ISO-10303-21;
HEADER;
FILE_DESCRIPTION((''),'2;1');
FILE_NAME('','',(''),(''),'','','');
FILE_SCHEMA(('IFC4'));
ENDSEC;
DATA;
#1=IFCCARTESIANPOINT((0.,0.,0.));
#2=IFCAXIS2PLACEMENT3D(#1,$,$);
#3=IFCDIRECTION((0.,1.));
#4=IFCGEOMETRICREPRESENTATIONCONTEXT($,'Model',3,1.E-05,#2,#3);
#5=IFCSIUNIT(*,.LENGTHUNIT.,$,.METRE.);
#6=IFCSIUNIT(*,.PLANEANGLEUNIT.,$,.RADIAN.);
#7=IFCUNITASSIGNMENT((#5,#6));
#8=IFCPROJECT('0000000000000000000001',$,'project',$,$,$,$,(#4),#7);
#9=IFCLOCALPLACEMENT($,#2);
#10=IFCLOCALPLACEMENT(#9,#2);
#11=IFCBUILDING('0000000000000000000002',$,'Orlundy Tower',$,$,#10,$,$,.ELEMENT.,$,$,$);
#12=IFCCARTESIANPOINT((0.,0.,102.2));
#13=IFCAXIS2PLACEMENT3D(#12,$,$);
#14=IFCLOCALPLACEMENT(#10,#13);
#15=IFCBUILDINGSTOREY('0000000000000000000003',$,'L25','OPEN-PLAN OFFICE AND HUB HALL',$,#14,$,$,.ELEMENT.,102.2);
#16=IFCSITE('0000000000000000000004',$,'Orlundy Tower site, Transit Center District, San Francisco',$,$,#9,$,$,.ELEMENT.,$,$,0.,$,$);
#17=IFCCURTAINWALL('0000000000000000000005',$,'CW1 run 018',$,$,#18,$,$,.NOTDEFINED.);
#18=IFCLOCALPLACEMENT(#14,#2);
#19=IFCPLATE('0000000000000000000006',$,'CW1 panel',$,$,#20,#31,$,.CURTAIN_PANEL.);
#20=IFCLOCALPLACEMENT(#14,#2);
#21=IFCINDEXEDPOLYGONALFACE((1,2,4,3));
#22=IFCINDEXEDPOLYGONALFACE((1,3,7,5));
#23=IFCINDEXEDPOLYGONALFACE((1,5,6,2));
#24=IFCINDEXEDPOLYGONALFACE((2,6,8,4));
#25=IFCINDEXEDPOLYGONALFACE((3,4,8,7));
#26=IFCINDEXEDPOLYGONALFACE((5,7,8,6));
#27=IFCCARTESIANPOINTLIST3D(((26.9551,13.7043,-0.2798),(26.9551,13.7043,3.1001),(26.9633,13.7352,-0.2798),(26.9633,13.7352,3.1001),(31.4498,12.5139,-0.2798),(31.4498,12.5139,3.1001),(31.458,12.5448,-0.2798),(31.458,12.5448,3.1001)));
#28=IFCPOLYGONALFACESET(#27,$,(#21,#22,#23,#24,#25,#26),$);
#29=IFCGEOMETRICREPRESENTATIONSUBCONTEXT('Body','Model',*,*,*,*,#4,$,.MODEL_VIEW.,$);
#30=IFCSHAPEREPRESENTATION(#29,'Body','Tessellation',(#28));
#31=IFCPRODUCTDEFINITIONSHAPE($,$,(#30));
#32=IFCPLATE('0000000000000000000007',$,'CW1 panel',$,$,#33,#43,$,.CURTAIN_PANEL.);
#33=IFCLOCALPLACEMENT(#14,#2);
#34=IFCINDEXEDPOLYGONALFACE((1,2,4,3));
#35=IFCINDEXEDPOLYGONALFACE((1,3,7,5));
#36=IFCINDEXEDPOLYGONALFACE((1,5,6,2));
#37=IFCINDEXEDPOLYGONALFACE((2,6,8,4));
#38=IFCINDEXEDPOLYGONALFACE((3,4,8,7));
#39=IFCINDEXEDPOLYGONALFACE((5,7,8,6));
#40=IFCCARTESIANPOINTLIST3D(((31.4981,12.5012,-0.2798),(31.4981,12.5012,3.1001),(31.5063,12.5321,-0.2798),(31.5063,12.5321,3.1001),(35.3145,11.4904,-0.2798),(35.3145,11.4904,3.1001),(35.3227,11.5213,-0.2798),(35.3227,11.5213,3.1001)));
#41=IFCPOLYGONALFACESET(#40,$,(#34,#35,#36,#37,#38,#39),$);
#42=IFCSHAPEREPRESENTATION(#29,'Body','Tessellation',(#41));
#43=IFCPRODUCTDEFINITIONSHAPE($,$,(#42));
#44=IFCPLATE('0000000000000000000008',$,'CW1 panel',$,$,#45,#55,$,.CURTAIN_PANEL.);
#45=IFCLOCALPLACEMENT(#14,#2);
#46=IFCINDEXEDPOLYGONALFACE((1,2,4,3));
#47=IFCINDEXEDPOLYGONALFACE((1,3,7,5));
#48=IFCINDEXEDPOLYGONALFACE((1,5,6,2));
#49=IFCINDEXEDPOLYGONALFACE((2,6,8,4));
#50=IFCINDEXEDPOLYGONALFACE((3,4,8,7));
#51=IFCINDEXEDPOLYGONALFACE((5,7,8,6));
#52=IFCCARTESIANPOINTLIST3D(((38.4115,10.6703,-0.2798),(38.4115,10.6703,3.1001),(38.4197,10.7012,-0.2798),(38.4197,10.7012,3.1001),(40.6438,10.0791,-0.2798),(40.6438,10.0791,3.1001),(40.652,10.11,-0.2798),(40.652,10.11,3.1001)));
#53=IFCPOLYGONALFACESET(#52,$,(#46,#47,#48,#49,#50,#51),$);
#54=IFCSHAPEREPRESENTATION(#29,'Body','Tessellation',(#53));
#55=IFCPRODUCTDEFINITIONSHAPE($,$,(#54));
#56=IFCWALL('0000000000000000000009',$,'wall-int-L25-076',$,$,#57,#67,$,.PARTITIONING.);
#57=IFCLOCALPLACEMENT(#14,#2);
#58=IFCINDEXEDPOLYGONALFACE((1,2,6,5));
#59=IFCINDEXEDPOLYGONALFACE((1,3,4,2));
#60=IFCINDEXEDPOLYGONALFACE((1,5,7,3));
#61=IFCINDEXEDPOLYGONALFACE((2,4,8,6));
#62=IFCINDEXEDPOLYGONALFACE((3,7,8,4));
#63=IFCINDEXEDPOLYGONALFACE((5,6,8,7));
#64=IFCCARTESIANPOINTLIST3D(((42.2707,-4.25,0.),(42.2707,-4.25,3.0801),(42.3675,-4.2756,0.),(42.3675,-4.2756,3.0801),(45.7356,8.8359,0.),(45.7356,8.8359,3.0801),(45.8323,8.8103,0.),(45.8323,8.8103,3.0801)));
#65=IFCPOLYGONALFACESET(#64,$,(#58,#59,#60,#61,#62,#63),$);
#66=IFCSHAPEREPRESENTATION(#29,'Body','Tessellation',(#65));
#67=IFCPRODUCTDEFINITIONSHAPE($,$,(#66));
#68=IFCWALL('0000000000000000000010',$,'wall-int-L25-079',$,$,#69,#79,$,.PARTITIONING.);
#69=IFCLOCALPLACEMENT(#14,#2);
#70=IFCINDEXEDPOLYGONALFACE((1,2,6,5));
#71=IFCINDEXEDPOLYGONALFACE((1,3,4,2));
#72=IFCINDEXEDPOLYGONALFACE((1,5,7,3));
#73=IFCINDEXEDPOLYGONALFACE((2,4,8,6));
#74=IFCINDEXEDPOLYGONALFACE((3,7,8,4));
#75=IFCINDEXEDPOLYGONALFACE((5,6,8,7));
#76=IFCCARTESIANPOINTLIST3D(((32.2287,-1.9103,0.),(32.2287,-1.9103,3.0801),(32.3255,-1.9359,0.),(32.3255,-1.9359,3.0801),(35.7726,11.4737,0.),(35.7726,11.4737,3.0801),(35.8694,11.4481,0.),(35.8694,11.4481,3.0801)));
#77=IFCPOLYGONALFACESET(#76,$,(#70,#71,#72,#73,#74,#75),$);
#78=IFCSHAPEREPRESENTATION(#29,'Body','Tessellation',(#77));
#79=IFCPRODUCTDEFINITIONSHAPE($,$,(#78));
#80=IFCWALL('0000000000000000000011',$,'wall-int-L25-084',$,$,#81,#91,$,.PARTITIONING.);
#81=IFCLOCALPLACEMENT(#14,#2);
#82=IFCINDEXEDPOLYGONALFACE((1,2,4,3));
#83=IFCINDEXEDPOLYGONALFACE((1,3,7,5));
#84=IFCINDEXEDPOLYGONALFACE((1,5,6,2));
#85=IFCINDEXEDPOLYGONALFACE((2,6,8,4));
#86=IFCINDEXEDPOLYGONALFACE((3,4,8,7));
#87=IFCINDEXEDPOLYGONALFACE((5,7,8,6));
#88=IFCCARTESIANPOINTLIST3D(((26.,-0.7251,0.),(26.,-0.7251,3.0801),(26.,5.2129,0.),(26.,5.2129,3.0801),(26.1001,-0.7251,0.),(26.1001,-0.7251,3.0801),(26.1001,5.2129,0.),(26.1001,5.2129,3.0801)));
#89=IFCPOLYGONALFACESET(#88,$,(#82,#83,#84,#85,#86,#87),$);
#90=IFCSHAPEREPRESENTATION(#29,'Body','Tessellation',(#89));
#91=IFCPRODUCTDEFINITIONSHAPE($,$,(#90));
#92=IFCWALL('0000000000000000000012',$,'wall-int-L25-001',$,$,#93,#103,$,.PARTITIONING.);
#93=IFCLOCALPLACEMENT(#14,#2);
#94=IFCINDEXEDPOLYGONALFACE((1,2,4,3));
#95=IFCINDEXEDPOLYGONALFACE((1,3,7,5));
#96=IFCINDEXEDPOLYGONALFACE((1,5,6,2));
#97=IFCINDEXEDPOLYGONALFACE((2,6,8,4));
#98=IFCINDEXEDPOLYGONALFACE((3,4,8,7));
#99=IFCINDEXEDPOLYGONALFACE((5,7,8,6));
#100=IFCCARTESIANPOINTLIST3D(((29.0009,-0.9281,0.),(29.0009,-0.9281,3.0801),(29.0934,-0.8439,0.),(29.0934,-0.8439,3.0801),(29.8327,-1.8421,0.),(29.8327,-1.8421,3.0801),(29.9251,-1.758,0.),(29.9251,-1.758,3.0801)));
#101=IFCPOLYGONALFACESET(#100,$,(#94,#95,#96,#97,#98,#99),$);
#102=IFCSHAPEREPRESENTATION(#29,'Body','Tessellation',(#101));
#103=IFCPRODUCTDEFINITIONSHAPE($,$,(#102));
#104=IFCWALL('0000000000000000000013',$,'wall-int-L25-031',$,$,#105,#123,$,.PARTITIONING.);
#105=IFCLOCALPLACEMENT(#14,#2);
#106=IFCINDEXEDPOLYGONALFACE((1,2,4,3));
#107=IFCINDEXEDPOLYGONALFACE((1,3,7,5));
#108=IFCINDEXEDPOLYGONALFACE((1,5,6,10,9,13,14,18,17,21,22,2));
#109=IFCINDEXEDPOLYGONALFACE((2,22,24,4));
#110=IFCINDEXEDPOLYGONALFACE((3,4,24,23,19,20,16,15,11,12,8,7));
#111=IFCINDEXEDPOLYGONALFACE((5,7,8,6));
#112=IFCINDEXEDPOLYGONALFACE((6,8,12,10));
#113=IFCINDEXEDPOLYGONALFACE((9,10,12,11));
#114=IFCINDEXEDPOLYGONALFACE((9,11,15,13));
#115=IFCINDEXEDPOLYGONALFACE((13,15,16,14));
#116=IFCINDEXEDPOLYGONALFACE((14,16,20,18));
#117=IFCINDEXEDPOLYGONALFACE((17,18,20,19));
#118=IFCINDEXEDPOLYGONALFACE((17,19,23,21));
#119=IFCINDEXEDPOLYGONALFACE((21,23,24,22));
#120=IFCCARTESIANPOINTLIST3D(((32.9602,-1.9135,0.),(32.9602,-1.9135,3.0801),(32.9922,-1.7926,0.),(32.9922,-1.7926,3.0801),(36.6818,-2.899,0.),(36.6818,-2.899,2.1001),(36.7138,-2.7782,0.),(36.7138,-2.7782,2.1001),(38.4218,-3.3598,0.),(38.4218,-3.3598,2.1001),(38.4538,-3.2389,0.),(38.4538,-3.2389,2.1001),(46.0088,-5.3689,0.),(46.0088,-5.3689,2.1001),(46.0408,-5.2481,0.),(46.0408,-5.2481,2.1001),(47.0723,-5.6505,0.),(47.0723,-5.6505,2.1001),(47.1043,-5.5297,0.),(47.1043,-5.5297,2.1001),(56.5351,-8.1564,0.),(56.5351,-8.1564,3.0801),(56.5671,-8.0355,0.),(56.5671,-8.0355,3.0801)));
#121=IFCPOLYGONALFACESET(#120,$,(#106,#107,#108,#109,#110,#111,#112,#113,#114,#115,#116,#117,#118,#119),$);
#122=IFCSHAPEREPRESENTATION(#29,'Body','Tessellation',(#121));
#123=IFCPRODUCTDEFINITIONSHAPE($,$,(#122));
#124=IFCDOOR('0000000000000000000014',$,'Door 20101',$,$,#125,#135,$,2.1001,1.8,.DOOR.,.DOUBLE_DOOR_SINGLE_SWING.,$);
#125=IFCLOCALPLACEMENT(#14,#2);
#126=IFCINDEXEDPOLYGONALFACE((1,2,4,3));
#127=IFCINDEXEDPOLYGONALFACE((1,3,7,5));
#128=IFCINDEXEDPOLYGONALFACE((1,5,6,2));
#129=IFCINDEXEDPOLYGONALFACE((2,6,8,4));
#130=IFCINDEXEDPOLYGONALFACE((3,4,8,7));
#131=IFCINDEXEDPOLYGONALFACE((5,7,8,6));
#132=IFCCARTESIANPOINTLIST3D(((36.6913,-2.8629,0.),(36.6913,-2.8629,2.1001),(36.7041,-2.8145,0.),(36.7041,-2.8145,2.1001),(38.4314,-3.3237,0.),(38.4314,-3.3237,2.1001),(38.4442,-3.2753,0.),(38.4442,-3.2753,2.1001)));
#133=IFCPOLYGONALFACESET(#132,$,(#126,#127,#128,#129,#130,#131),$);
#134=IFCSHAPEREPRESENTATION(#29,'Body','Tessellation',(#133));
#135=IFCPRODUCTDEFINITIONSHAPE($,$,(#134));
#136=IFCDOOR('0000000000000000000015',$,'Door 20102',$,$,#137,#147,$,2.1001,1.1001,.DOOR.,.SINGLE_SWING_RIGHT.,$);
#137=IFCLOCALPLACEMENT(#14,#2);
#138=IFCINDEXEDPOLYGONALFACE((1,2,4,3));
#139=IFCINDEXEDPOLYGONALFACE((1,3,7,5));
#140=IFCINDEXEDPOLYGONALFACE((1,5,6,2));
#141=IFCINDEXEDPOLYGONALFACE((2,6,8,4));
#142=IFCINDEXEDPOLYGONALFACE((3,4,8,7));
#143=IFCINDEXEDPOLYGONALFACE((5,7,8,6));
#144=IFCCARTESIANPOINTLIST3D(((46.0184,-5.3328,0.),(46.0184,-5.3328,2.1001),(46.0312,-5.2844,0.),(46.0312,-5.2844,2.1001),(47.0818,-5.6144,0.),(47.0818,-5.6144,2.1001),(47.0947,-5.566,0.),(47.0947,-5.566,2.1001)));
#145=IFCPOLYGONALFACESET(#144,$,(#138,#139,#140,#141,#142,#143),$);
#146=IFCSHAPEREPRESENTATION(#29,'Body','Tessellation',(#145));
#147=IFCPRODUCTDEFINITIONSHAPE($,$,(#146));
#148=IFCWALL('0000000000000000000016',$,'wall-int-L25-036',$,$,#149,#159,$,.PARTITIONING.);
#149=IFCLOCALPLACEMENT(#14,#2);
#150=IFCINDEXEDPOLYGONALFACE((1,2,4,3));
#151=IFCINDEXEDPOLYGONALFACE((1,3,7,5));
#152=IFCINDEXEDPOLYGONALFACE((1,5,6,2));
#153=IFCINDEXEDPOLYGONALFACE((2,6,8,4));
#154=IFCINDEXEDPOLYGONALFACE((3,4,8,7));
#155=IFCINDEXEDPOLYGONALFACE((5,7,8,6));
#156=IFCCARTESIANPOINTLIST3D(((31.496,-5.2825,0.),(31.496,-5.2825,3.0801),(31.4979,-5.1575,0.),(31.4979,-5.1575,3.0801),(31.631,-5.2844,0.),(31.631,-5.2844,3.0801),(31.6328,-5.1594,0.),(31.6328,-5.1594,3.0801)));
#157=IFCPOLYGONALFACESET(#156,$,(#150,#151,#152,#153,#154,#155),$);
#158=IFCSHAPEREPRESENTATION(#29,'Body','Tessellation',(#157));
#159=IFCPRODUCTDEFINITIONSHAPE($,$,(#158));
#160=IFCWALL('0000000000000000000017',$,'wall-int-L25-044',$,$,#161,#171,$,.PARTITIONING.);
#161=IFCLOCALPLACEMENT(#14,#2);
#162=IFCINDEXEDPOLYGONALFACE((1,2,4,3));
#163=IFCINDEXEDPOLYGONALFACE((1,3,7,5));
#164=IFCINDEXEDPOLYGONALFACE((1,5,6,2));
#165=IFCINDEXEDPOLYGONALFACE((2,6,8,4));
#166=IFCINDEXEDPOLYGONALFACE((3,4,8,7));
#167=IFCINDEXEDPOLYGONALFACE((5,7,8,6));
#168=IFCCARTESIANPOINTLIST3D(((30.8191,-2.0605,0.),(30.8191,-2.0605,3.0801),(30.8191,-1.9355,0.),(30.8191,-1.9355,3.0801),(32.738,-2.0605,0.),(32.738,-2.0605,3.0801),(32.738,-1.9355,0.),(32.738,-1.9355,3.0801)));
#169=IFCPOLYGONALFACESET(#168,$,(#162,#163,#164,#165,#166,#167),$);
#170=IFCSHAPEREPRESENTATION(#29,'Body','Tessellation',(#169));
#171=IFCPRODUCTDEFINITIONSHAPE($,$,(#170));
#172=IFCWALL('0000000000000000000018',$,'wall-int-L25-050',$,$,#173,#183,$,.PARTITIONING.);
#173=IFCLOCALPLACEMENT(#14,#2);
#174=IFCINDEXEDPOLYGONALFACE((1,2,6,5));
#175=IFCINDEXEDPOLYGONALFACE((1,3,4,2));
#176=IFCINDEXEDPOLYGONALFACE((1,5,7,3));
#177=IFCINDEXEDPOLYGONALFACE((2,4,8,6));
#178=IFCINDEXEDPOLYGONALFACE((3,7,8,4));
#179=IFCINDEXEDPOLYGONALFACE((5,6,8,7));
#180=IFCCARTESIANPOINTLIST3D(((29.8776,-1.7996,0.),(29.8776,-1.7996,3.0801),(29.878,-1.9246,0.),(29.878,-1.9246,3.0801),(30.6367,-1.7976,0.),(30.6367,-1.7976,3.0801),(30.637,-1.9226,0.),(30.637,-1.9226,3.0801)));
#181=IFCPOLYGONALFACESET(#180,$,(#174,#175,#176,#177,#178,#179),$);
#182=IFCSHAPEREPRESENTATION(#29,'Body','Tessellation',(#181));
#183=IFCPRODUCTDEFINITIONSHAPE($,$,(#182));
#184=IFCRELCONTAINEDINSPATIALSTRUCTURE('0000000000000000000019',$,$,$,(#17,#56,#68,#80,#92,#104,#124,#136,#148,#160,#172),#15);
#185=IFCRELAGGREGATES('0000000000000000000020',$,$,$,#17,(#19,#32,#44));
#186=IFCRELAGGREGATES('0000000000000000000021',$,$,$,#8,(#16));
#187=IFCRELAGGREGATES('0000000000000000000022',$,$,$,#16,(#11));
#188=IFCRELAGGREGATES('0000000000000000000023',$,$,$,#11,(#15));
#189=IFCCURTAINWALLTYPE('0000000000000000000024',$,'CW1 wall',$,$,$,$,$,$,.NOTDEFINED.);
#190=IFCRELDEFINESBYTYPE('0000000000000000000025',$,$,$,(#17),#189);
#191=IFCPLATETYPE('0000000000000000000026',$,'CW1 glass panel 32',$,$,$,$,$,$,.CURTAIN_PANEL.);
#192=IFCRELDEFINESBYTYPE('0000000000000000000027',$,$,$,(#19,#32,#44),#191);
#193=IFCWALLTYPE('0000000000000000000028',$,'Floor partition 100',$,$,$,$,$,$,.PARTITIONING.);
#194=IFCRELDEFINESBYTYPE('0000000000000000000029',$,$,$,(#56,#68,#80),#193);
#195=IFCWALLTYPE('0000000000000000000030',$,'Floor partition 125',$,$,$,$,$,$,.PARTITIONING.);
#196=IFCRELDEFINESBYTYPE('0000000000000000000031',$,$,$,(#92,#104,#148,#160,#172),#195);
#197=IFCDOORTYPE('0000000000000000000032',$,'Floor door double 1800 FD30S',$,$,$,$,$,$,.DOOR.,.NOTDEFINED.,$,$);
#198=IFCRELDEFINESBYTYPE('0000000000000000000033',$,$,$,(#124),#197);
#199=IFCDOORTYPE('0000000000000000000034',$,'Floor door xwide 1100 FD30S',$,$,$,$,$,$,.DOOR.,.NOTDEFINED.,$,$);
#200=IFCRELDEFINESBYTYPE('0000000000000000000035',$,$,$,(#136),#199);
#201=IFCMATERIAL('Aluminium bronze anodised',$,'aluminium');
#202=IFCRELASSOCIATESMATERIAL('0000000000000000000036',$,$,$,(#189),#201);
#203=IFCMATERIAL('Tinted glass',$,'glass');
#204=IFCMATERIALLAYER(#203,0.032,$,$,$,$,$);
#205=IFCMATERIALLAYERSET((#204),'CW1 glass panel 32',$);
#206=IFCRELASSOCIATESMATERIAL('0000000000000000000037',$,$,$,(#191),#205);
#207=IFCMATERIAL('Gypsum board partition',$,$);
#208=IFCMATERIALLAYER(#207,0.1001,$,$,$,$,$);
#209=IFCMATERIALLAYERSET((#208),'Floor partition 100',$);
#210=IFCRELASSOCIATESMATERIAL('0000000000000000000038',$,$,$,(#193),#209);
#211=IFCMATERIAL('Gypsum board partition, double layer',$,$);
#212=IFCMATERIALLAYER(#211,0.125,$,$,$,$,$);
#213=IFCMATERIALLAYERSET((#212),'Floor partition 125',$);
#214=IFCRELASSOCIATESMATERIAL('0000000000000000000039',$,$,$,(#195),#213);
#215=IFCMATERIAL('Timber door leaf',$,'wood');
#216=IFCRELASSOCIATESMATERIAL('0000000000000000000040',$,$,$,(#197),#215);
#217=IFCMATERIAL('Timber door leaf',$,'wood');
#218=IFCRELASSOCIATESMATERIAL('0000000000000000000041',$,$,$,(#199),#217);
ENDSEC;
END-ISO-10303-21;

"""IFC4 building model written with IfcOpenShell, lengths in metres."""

from ifc_helpers import new_model, si_unit, direction, frame, frame_2d, origin, origin_2d, place, context, subcontext, project, spatial, rectangle, extrude, material, layer, layer_set, type_object, element, fill, aggregate, save


model = new_model("IFC4")

# Units and contexts
model_context = context("Model", 3, precision=1e-05, world=origin(), true_north=direction((0.0, 1.0)))
body_context = subcontext(model_context, "Body", "Model", "MODEL_VIEW")
ifc_project = project(units=[si_unit("LENGTHUNIT", "METRE"), si_unit("PLANEANGLEUNIT", "RADIAN")], contexts=[model_context])

# Site, building, storey
site_placement = place(None, origin())
site = spatial("IfcSite", under=ifc_project, at=site_placement, Name="Orlundy Tower site, Transit Center District, San Francisco", CompositionType="ELEMENT", RefElevation=0.0)
building_placement = place(site_placement, origin())
building = spatial("IfcBuilding", under=site, at=building_placement, Name="Orlundy Tower", CompositionType="ELEMENT")
storey_placement = place(building_placement, frame((0.0, 0.0, 102.2)))
storey = spatial("IfcBuildingStorey", under=building, at=storey_placement, Name="L25", Description="OPEN-PLAN OFFICE AND HUB HALL", CompositionType="ELEMENT", Elevation=102.2)

# Curtain wall
ifc_material_1 = material(Name="Aluminium bronze anodised", Category="aluminium")
curtain_wall_type = type_object("IfcCurtainWallType", Name="CW1 wall", PredefinedType="NOTDEFINED", material=ifc_material_1)
curtain_wall_1_placement = place(storey_placement, origin())
curtain_wall_1 = element("IfcCurtainWall", 1, at=curtain_wall_1_placement, inside=storey, type_object=curtain_wall_type, Name="CW1 run 018", PredefinedType="NOTDEFINED")

# Plates
ifc_material_2 = material(Name="Tinted glass", Category="glass")
ifc_layer_1 = layer(ifc_material_2, 0.032)
ifc_layer_set_1 = layer_set([ifc_layer_1], Name="CW1 glass panel 32")
plate_type = type_object("IfcPlateType", Name="CW1 glass panel 32", PredefinedType="CURTAIN_PANEL", material=ifc_layer_set_1)
plate_1_placement = place(storey_placement, frame((29.2065, 13.1245, -0.2798), z_axis=(0.0, 0.0, 1.0), x_axis=(0.966672, -0.25602, 0.0)))
plate_1 = element("IfcPlate", 2, at=plate_1_placement, type_object=plate_type, Name="CW1 panel", PredefinedType="CURTAIN_PANEL", context=body_context, shape_type="SweptSolid", body=[
    extrude(rectangle(XDim=4.6497, YDim=0.032, at=origin_2d()), origin(), (0.0, 0.0, 1.0), 3.3799),
])
plate_2_placement = place(storey_placement, frame((33.4104, 12.0112, -0.2798), z_axis=(0.0, 0.0, 1.0), x_axis=(0.966672, -0.25602, 0.0)))
plate_2 = element("IfcPlate", 3, at=plate_2_placement, type_object=plate_type, Name="CW1 panel", PredefinedType="CURTAIN_PANEL", context=body_context, shape_type="SweptSolid", body=[
    extrude(rectangle(XDim=3.948, YDim=0.032, at=origin_2d()), origin(), (0.0, 0.0, 1.0), 3.3799),
])
plate_3_placement = place(storey_placement, frame((39.5317, 10.3901, -0.2798), z_axis=(0.0, 0.0, 1.0), x_axis=(0.966672, -0.25602, 0.0)))
plate_3 = element("IfcPlate", 4, at=plate_3_placement, type_object=plate_type, Name="CW1 panel", PredefinedType="CURTAIN_PANEL", context=body_context, shape_type="SweptSolid", body=[
    extrude(rectangle(XDim=2.3093, YDim=0.032, at=origin_2d()), origin(), (0.0, 0.0, 1.0), 3.3799),
])
aggregate(curtain_wall_1, [plate_1, plate_2, plate_3])

# Walls
ifc_material_3 = material(Name="Gypsum board partition")
ifc_layer_2 = layer(ifc_material_3, 0.1001)
ifc_layer_set_2 = layer_set([ifc_layer_2], Name="Floor partition 100")
wall_type_1 = type_object("IfcWallType", Name="Floor partition 100", PredefinedType="PARTITIONING", material=ifc_layer_set_2)
wall_1_placement = place(storey_placement, frame((42.3191, -4.2629, 0.0), z_axis=(0.0, 0.0, 1.0), x_axis=(0.255956, 0.966688, 0.0)))
element("IfcWall", 5, at=wall_1_placement, inside=storey, type_object=wall_type_1, Name="wall-int-L25-076", PredefinedType="PARTITIONING", context=body_context, shape_type="SweptSolid", body=[
    extrude(rectangle(XDim=13.5369, YDim=0.1001, at=frame_2d((6.7686, 0.0))), origin(), (0.0, 0.0, 1.0), 3.0801),
])
wall_2_placement = place(storey_placement, frame((32.2771, -1.9231, 0.0), z_axis=(0.0, 0.0, 1.0), x_axis=(0.255968, 0.966685, 0.0)))
element("IfcWall", 6, at=wall_2_placement, inside=storey, type_object=wall_type_1, Name="wall-int-L25-079", PredefinedType="PARTITIONING", context=body_context, shape_type="SweptSolid", body=[
    extrude(rectangle(XDim=13.8452, YDim=0.1001, at=frame_2d((6.9226, 0.0))), origin(), (0.0, 0.0, 1.0), 3.0801),
])
wall_3_placement = place(storey_placement, frame((26.05, -0.7251, 0.0), z_axis=(0.0, 0.0, 1.0), x_axis=(0.0, 1.0, 0.0)))
element("IfcWall", 7, at=wall_3_placement, inside=storey, type_object=wall_type_1, Name="wall-int-L25-084", PredefinedType="PARTITIONING", context=body_context, shape_type="SweptSolid", body=[
    extrude(rectangle(XDim=5.938, YDim=0.1001, at=frame_2d((2.969, 0.0))), origin(), (0.0, 0.0, 1.0), 3.0801),
])
ifc_material_4 = material(Name="Gypsum board partition, double layer")
ifc_layer_3 = layer(ifc_material_4, 0.125)
ifc_layer_set_3 = layer_set([ifc_layer_3], Name="Floor partition 125")
wall_type_2 = type_object("IfcWallType", Name="Floor partition 125", PredefinedType="PARTITIONING", material=ifc_layer_set_3)
wall_4_placement = place(storey_placement, frame((29.8789, -1.8, 0.0), z_axis=(0.0, 0.0, 1.0), x_axis=(-0.673037, 0.739609, 0.0)))
element("IfcWall", 8, at=wall_4_placement, inside=storey, type_object=wall_type_2, Name="wall-int-L25-001", PredefinedType="PARTITIONING", context=body_context, shape_type="SweptSolid", body=[
    extrude(rectangle(XDim=1.2358, YDim=0.125, at=frame_2d((0.6179, 0.0))), origin(), (0.0, 0.0, 1.0), 3.0801),
])

# Wall, openings, doors
wall_5_placement = place(storey_placement, frame((32.9761, -1.853, 0.0), z_axis=(0.0, 0.0, 1.0), x_axis=(0.96668, -0.255988, 0.0)))
wall_5 = element("IfcWall", 9, at=wall_5_placement, inside=storey, type_object=wall_type_2, Name="wall-int-L25-031", PredefinedType="PARTITIONING", context=body_context, shape_type="SweptSolid", body=[
    extrude(rectangle(XDim=24.3875, YDim=0.125, at=frame_2d((12.1938, 0.0))), origin(), (0.0, 0.0, 1.0), 3.0801),
])
opening_1_placement = place(wall_5_placement, frame((3.8501, 0.0, 0.0)))
opening_1 = element("IfcOpeningElement", 10, at=opening_1_placement, cuts=wall_5, PredefinedType="OPENING", context=body_context, shape_type="SweptSolid", body=[
    extrude(rectangle(XDim=1.8, YDim=2.1001, at=frame_2d((0.8999, 1.05))), frame((0.0, 0.0725, 0.0), z_axis=(0.0, -1.0, 0.0), x_axis=(1.0, 0.0, 0.0)), (0.0, 0.0, 1.0), 0.145),
])
opening_2_placement = place(wall_5_placement, frame((13.4985, 0.0, 0.0)))
opening_2 = element("IfcOpeningElement", 11, at=opening_2_placement, cuts=wall_5, PredefinedType="OPENING", context=body_context, shape_type="SweptSolid", body=[
    extrude(rectangle(XDim=1.1001, YDim=2.1001, at=frame_2d((0.55, 1.05))), frame((0.0, 0.0725, 0.0), z_axis=(0.0, -1.0, 0.0), x_axis=(1.0, 0.0, 0.0)), (0.0, 0.0, 1.0), 0.145),
])
ifc_material_5 = material(Name="Timber door leaf", Category="wood")
door_type_1 = type_object("IfcDoorType", Name="Floor door double 1800 FD30S", OperationType="NOTDEFINED", PredefinedType="DOOR", material=ifc_material_5)
door_1_placement = place(opening_1_placement, origin())
door_1 = element("IfcDoor", 12, at=door_1_placement, inside=storey, type_object=door_type_1, Name="Door 20101", OperationType="DOUBLE_DOOR_SINGLE_SWING", OverallHeight=2.1001, OverallWidth=1.8, PredefinedType="DOOR", context=body_context, shape_type="SweptSolid", body=[
    extrude(rectangle(XDim=1.8, YDim=2.1001, at=frame_2d((0.8999, 1.05))), frame((0.0, 0.0249, 0.0), z_axis=(0.0, -1.0, 0.0), x_axis=(1.0, 0.0, 0.0)), (0.0, 0.0, 1.0), 0.05),
])
fill(opening_1, door_1)
ifc_material_6 = material(Name="Timber door leaf", Category="wood")
door_type_2 = type_object("IfcDoorType", Name="Floor door xwide 1100 FD30S", OperationType="NOTDEFINED", PredefinedType="DOOR", material=ifc_material_6)
door_2_placement = place(opening_2_placement, origin())
door_2 = element("IfcDoor", 13, at=door_2_placement, inside=storey, type_object=door_type_2, Name="Door 20102", OperationType="SINGLE_SWING_RIGHT", OverallHeight=2.1001, OverallWidth=1.1001, PredefinedType="DOOR", context=body_context, shape_type="SweptSolid", body=[
    extrude(rectangle(XDim=1.1001, YDim=2.1001, at=frame_2d((0.55, 1.05))), frame((0.0, 0.0249, 0.0), z_axis=(0.0, -1.0, 0.0), x_axis=(1.0, 0.0, 0.0)), (0.0, 0.0, 1.0), 0.05),
])
fill(opening_2, door_2)

# Walls
wall_6_placement = place(storey_placement, frame((31.4971, -5.22, 0.0), z_axis=(0.0, 0.0, 1.0), x_axis=(0.999895, -0.014465, 0.0)))
element("IfcWall", 14, at=wall_6_placement, inside=storey, type_object=wall_type_2, Name="wall-int-L25-036", PredefinedType="PARTITIONING", context=body_context, shape_type="SweptSolid", body=[
    extrude(rectangle(XDim=0.135, YDim=0.125, at=frame_2d((0.0674, 0.0))), origin(), (0.0, 0.0, 1.0), 3.0801),
])
wall_7_placement = place(storey_placement, frame((30.8191, -1.998, 0.0), z_axis=(0.0, 0.0, 1.0), x_axis=(1.0, 0.0, 0.0)))
element("IfcWall", 15, at=wall_7_placement, inside=storey, type_object=wall_type_2, Name="wall-int-L25-044", PredefinedType="PARTITIONING", context=body_context, shape_type="SweptSolid", body=[
    extrude(rectangle(XDim=1.9189, YDim=0.125, at=frame_2d((0.9595, 0.0))), origin(), (0.0, 0.0, 1.0), 3.0801),
])
wall_8_placement = place(storey_placement, frame((29.8779, -1.8621, 0.0), z_axis=(0.0, 0.0, 1.0), x_axis=(0.999997, 0.002573, 0.0)))
element("IfcWall", 16, at=wall_8_placement, inside=storey, type_object=wall_type_2, Name="wall-int-L25-050", PredefinedType="PARTITIONING", context=body_context, shape_type="SweptSolid", body=[
    extrude(rectangle(XDim=0.759, YDim=0.125, at=frame_2d((0.3794, 0.0))), origin(), (0.0, 0.0, 1.0), 3.0801),
])

save(model, "model.ifc")
